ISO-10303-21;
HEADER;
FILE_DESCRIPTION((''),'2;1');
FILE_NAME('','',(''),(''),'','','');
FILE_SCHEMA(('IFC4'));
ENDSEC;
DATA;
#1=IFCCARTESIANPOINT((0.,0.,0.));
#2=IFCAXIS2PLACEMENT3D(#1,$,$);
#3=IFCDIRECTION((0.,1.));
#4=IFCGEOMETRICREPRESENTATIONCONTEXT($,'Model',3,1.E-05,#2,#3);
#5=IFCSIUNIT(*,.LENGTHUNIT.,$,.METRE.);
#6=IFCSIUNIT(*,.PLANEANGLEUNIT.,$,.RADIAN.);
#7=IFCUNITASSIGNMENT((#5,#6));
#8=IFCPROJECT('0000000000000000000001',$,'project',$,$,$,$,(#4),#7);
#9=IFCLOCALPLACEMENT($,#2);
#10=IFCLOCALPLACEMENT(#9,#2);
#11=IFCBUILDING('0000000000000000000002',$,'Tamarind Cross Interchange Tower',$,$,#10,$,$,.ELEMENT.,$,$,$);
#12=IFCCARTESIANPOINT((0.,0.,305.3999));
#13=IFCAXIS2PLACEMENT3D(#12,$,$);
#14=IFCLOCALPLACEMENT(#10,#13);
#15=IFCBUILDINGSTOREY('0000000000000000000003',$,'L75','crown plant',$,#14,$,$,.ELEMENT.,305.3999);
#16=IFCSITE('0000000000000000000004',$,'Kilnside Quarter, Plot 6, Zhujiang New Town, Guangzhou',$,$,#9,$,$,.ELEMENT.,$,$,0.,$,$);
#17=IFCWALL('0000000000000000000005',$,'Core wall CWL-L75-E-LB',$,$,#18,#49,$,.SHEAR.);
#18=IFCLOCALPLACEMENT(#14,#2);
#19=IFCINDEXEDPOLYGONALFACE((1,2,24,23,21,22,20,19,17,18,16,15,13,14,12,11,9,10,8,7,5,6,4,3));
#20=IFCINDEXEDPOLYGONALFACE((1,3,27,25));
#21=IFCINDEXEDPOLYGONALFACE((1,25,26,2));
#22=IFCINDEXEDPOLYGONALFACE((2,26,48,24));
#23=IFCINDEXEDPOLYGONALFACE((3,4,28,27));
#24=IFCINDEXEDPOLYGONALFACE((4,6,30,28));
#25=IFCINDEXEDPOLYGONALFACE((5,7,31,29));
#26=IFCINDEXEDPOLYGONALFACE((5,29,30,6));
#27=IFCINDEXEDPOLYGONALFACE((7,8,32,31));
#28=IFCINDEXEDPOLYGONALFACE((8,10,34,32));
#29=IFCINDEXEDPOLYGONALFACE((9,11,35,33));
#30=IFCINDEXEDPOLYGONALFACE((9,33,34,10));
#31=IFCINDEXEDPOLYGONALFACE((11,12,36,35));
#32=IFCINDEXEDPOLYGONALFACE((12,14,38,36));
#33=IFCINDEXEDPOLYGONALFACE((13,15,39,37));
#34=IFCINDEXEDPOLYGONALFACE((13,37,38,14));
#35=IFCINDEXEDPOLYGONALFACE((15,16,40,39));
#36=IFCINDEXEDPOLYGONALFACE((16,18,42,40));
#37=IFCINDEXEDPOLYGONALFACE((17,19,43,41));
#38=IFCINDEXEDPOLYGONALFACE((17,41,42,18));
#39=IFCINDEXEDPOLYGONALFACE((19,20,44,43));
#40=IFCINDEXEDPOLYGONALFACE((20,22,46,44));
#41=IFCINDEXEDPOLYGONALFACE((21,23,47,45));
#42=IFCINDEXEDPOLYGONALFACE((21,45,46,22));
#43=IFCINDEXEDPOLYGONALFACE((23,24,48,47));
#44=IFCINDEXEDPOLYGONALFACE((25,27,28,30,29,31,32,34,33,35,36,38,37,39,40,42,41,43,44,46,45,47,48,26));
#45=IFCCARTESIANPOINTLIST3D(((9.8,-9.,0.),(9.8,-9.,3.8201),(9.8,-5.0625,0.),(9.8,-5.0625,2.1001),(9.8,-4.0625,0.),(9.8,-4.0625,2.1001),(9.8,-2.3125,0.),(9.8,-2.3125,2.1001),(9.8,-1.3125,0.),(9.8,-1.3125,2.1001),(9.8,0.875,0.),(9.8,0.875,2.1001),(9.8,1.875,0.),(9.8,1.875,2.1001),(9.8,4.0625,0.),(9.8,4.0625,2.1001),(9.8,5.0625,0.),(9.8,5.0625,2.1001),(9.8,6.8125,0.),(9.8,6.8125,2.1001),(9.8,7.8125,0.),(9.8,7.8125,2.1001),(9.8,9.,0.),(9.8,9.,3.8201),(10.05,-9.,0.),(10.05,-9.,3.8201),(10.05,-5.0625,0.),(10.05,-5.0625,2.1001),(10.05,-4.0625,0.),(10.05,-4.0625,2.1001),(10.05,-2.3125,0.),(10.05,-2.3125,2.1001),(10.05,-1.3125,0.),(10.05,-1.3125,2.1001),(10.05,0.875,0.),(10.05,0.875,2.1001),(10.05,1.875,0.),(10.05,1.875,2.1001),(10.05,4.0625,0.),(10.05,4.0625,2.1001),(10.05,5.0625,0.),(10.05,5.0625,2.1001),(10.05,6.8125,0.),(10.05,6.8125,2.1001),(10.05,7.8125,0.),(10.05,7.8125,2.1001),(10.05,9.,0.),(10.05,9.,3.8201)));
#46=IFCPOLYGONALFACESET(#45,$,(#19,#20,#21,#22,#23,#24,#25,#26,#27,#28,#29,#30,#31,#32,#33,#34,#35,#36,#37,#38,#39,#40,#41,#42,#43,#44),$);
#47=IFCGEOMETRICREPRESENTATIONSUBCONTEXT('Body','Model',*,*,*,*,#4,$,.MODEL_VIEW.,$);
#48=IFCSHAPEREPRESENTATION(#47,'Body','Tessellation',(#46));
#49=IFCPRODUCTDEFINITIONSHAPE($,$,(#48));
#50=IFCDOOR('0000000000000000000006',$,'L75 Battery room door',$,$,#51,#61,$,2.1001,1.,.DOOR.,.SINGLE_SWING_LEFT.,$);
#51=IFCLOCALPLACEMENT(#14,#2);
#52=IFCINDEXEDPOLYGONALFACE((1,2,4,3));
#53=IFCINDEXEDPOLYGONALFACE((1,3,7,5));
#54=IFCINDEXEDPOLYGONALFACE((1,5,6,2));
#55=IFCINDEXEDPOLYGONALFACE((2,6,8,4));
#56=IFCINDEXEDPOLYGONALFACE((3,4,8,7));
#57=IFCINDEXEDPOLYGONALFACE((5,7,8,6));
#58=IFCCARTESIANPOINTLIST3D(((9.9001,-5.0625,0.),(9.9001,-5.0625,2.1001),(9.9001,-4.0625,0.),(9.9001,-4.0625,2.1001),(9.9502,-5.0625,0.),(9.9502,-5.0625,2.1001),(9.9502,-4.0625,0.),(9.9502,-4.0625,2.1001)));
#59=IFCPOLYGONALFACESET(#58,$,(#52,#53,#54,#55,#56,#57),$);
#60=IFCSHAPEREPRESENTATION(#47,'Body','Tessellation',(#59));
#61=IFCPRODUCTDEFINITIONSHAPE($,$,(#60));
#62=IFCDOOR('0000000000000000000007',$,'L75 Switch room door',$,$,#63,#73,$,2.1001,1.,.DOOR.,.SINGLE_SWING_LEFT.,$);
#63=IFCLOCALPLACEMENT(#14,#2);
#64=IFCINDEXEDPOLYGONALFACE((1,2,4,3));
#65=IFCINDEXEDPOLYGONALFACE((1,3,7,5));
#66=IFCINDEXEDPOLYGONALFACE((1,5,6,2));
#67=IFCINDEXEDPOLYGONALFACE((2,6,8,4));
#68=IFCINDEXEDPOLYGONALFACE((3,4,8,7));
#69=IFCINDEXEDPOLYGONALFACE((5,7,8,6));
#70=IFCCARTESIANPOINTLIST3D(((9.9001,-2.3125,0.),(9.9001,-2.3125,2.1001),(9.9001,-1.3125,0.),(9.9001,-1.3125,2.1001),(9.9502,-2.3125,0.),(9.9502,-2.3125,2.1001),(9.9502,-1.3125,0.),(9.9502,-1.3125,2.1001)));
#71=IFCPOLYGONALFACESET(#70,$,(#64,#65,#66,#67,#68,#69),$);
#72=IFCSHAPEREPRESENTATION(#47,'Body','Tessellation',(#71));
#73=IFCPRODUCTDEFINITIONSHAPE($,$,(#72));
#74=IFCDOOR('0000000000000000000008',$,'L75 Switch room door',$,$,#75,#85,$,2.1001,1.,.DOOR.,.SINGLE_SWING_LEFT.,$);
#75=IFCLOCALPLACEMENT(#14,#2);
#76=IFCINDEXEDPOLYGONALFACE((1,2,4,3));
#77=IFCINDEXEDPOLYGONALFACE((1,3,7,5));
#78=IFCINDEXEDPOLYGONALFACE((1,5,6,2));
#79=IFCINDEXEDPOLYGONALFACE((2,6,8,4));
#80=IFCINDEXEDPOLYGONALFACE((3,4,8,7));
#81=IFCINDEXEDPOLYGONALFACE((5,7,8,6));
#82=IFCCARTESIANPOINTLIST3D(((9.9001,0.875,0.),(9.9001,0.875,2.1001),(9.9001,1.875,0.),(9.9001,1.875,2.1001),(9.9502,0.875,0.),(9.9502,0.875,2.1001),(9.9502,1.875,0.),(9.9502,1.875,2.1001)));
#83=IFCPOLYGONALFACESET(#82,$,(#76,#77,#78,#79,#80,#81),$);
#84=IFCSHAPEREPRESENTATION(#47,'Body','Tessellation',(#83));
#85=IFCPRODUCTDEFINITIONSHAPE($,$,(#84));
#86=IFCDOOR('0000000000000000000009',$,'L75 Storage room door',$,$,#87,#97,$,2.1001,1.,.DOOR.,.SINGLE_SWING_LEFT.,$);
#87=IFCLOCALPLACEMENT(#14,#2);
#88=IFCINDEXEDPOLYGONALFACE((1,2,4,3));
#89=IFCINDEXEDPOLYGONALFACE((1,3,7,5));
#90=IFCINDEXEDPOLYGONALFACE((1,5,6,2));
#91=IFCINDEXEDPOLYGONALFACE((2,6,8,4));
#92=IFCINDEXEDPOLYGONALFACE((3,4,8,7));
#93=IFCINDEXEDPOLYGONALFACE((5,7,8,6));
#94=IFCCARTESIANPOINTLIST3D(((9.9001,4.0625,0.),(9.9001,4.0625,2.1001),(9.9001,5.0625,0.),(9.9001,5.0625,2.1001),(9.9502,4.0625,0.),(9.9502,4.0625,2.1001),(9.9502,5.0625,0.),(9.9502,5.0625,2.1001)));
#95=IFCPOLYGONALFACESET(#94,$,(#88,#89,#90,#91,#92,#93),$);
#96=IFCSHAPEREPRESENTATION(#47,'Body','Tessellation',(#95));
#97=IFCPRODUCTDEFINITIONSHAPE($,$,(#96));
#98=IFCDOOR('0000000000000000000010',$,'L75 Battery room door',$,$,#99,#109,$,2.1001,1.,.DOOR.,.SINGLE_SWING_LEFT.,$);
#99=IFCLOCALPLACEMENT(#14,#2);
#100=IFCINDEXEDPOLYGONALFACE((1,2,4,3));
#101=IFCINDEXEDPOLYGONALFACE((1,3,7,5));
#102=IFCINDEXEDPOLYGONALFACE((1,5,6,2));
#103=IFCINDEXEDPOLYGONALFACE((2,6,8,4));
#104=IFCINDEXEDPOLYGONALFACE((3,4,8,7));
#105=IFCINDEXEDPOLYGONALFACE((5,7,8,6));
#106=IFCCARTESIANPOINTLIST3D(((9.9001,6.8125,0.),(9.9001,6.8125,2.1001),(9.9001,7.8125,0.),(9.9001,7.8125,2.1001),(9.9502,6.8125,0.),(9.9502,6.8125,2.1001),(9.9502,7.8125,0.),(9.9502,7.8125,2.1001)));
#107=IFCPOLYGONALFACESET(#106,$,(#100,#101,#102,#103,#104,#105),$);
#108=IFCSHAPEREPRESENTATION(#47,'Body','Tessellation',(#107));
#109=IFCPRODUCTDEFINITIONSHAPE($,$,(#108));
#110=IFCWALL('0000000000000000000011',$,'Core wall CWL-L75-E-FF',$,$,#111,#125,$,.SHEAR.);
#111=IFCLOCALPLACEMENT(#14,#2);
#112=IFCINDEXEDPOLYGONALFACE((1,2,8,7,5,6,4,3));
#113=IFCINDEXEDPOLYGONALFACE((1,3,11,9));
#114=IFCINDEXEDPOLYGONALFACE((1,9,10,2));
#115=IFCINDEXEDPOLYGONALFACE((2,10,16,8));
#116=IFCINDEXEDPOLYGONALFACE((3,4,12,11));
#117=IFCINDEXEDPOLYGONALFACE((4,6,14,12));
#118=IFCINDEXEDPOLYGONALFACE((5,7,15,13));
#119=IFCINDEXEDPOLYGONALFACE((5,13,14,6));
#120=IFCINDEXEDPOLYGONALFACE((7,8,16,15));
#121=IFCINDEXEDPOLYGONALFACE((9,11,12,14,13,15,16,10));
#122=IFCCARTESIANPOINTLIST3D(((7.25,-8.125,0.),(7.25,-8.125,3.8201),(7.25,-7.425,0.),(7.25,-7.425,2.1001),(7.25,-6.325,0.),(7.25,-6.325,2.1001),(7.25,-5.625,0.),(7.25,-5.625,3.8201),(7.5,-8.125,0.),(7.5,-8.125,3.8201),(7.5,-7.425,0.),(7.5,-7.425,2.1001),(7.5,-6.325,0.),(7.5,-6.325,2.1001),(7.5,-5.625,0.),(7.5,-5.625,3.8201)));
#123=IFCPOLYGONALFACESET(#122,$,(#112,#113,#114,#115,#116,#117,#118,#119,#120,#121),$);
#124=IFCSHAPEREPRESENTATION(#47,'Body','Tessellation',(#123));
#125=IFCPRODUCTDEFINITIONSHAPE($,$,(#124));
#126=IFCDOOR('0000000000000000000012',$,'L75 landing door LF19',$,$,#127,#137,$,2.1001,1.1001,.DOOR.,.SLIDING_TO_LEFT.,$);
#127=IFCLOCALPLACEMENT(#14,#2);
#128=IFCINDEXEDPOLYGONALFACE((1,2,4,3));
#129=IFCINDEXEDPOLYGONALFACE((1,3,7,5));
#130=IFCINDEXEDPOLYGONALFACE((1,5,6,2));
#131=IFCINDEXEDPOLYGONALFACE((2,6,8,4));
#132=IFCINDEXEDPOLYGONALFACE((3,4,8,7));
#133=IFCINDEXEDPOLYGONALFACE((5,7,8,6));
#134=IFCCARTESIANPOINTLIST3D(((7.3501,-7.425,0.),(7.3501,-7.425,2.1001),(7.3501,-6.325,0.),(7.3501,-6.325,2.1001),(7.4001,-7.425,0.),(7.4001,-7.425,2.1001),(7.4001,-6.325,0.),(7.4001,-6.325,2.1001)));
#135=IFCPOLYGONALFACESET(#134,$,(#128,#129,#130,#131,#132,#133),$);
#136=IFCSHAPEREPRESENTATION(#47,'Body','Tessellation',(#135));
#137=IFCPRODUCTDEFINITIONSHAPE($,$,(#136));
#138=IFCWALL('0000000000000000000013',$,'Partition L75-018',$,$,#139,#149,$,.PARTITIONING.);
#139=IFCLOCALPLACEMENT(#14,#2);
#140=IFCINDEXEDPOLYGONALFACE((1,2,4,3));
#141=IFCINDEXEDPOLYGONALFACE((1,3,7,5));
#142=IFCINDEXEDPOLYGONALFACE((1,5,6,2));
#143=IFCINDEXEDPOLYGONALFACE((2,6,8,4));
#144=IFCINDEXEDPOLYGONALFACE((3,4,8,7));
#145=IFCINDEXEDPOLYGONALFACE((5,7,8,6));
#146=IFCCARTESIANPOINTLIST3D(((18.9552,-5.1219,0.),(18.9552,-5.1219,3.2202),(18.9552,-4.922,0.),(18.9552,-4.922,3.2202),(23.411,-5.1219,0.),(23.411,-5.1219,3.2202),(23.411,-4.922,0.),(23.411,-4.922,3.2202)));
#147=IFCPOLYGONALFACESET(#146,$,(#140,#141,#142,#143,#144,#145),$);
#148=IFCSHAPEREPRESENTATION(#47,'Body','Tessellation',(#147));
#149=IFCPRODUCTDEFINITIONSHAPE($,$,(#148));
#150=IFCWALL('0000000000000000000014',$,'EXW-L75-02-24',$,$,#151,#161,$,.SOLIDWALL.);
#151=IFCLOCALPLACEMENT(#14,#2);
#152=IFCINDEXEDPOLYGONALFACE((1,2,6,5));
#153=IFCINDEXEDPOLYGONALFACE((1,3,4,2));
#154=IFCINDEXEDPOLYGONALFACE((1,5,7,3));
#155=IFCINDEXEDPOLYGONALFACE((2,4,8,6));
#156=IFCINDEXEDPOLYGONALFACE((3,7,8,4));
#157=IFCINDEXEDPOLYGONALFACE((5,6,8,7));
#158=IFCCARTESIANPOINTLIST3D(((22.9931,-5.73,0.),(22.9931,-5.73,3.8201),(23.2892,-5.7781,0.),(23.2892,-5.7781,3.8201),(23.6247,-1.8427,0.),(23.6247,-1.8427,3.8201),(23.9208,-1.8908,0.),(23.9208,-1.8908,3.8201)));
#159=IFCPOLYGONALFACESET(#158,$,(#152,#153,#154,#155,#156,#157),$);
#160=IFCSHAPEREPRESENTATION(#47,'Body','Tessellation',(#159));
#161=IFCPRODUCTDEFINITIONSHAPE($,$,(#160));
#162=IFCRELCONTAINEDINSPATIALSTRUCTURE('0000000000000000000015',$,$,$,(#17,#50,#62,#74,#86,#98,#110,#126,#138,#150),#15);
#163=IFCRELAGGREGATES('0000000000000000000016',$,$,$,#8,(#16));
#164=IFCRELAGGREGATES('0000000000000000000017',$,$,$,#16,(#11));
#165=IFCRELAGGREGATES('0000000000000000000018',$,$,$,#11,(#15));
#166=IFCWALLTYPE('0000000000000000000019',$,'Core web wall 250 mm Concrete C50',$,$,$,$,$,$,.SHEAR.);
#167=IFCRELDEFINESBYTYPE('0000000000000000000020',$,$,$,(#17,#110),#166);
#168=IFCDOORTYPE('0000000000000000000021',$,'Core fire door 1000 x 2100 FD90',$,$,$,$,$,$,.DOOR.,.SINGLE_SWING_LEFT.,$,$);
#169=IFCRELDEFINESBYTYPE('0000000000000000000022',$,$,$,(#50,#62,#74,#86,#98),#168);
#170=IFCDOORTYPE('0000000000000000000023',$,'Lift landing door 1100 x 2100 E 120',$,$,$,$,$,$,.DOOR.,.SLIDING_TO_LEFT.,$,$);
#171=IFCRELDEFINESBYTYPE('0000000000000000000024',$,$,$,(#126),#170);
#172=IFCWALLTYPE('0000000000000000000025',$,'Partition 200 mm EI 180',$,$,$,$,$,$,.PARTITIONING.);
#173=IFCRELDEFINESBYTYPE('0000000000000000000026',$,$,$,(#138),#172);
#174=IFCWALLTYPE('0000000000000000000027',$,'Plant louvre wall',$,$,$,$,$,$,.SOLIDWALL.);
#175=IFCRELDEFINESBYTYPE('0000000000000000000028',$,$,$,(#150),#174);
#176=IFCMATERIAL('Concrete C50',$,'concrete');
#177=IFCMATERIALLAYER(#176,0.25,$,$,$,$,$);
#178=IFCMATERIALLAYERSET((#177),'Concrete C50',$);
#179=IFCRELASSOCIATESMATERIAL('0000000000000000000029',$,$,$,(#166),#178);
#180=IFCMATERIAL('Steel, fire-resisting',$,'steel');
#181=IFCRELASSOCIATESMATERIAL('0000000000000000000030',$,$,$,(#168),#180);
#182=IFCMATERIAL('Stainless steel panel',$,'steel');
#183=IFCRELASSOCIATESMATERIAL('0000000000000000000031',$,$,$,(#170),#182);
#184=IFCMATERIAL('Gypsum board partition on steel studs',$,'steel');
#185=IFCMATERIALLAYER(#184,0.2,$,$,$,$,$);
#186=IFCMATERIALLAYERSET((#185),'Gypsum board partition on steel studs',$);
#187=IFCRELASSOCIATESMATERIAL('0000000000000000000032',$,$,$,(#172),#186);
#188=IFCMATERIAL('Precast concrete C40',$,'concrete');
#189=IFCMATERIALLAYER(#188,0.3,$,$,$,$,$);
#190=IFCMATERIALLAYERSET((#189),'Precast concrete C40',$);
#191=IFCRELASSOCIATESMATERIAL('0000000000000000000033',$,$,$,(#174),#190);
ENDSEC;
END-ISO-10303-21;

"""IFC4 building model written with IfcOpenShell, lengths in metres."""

from ifc_helpers import new_model, si_unit, direction, frame, frame_2d, origin, place, context, subcontext, project, spatial, rectangle, extrude, material, layer, layer_set, type_object, element, fill, save


model = new_model("IFC4")

# Units and contexts
model_context = context("Model", 3, precision=1e-05, world=origin(), true_north=direction((0.0, 1.0)))
body_context = subcontext(model_context, "Body", "Model", "MODEL_VIEW")
ifc_project = project(units=[si_unit("LENGTHUNIT", "METRE"), si_unit("PLANEANGLEUNIT", "RADIAN")], contexts=[model_context])

# Site, building, storey
site_placement = place(None, origin())
site = spatial("IfcSite", under=ifc_project, at=site_placement, Name="Kilnside Quarter, Plot 6, Zhujiang New Town, Guangzhou", CompositionType="ELEMENT", RefElevation=0.0)
building_placement = place(site_placement, origin())
building = spatial("IfcBuilding", under=site, at=building_placement, Name="Tamarind Cross Interchange Tower", CompositionType="ELEMENT")
storey_placement = place(building_placement, frame((0.0, 0.0, 305.3999)))
storey = spatial("IfcBuildingStorey", under=building, at=storey_placement, Name="L75", Description="crown plant", CompositionType="ELEMENT", Elevation=305.3999)

# Wall, openings, doors
ifc_material_1 = material(Name="Concrete C50", Category="concrete")
ifc_layer_1 = layer(ifc_material_1, 0.25)
ifc_layer_set_1 = layer_set([ifc_layer_1], Name="Concrete C50")
wall_type_1 = type_object("IfcWallType", Name="Core web wall 250 mm Concrete C50", PredefinedType="SHEAR", material=ifc_layer_set_1)
ifc_material_2 = material(Name="Steel, fire-resisting", Category="steel")
door_type_1 = type_object("IfcDoorType", Name="Core fire door 1000 x 2100 FD90", OperationType="SINGLE_SWING_LEFT", PredefinedType="DOOR", material=ifc_material_2)
ifc_material_3 = material(Name="Stainless steel panel", Category="steel")
wall_1_placement = place(storey_placement, frame((9.925, -9.0, 0.0), z_axis=(0.0, 0.0, 1.0), x_axis=(0.0, 1.0, 0.0)))
wall_1 = element("IfcWall", 1, at=wall_1_placement, inside=storey, type_object=wall_type_1, Name="Core wall CWL-L75-E-LB", PredefinedType="SHEAR", context=body_context, shape_type="SweptSolid", body=[
    extrude(rectangle(XDim=18.0, YDim=0.25, at=frame_2d((9.0, 0.0))), origin(), (0.0, 0.0, 1.0), 3.8201),
])
opening_1_placement = place(wall_1_placement, frame((3.9375, 0.0, 0.0)))
opening_1 = element("IfcOpeningElement", 2, at=opening_1_placement, cuts=wall_1, PredefinedType="OPENING", context=body_context, shape_type="SweptSolid", body=[
    extrude(rectangle(XDim=1.0, YDim=2.1001, at=frame_2d((0.5, 1.05))), frame((0.0, 0.135, 0.0), z_axis=(0.0, -1.0, 0.0), x_axis=(1.0, 0.0, 0.0)), (0.0, 0.0, 1.0), 0.27),
])
opening_2_placement = place(wall_1_placement, frame((6.6875, 0.0, 0.0)))
opening_2 = element("IfcOpeningElement", 3, at=opening_2_placement, cuts=wall_1, PredefinedType="OPENING", context=body_context, shape_type="SweptSolid", body=[
    extrude(rectangle(XDim=1.0, YDim=2.1001, at=frame_2d((0.5, 1.05))), frame((0.0, 0.135, 0.0), z_axis=(0.0, -1.0, 0.0), x_axis=(1.0, 0.0, 0.0)), (0.0, 0.0, 1.0), 0.27),
])
opening_3_placement = place(wall_1_placement, frame((9.875, 0.0, 0.0)))
opening_3 = element("IfcOpeningElement", 4, at=opening_3_placement, cuts=wall_1, PredefinedType="OPENING", context=body_context, shape_type="SweptSolid", body=[
    extrude(rectangle(XDim=1.0, YDim=2.1001, at=frame_2d((0.5, 1.05))), frame((0.0, 0.135, 0.0), z_axis=(0.0, -1.0, 0.0), x_axis=(1.0, 0.0, 0.0)), (0.0, 0.0, 1.0), 0.27),
])
opening_4_placement = place(wall_1_placement, frame((13.0625, 0.0, 0.0)))
opening_4 = element("IfcOpeningElement", 5, at=opening_4_placement, cuts=wall_1, PredefinedType="OPENING", context=body_context, shape_type="SweptSolid", body=[
    extrude(rectangle(XDim=1.0, YDim=2.1001, at=frame_2d((0.5, 1.05))), frame((0.0, 0.135, 0.0), z_axis=(0.0, -1.0, 0.0), x_axis=(1.0, 0.0, 0.0)), (0.0, 0.0, 1.0), 0.27),
])
opening_5_placement = place(wall_1_placement, frame((15.8125, 0.0, 0.0)))
opening_5 = element("IfcOpeningElement", 6, at=opening_5_placement, cuts=wall_1, PredefinedType="OPENING", context=body_context, shape_type="SweptSolid", body=[
    extrude(rectangle(XDim=1.0, YDim=2.1001, at=frame_2d((0.5, 1.05))), frame((0.0, 0.135, 0.0), z_axis=(0.0, -1.0, 0.0), x_axis=(1.0, 0.0, 0.0)), (0.0, 0.0, 1.0), 0.27),
])
door_1_placement = place(opening_1_placement, origin())
door_1 = element("IfcDoor", 7, at=door_1_placement, inside=storey, type_object=door_type_1, Name="L75 Battery room door", OperationType="SINGLE_SWING_LEFT", OverallHeight=2.1001, OverallWidth=1.0, PredefinedType="DOOR", context=body_context, shape_type="SweptSolid", body=[
    extrude(rectangle(XDim=1.0, YDim=2.1001, at=frame_2d((0.5, 1.05))), frame((0.0, 0.0249, 0.0), z_axis=(0.0, -1.0, 0.0), x_axis=(1.0, 0.0, 0.0)), (0.0, 0.0, 1.0), 0.05),
])
fill(opening_1, door_1)
door_2_placement = place(opening_2_placement, origin())
door_2 = element("IfcDoor", 8, at=door_2_placement, inside=storey, type_object=door_type_1, Name="L75 Switch room door", OperationType="SINGLE_SWING_LEFT", OverallHeight=2.1001, OverallWidth=1.0, PredefinedType="DOOR", context=body_context, shape_type="SweptSolid", body=[
    extrude(rectangle(XDim=1.0, YDim=2.1001, at=frame_2d((0.5, 1.05))), frame((0.0, 0.0249, 0.0), z_axis=(0.0, -1.0, 0.0), x_axis=(1.0, 0.0, 0.0)), (0.0, 0.0, 1.0), 0.05),
])
fill(opening_2, door_2)
door_3_placement = place(opening_3_placement, origin())
door_3 = element("IfcDoor", 9, at=door_3_placement, inside=storey, type_object=door_type_1, Name="L75 Switch room door", OperationType="SINGLE_SWING_LEFT", OverallHeight=2.1001, OverallWidth=1.0, PredefinedType="DOOR", context=body_context, shape_type="SweptSolid", body=[
    extrude(rectangle(XDim=1.0, YDim=2.1001, at=frame_2d((0.5, 1.05))), frame((0.0, 0.0249, 0.0), z_axis=(0.0, -1.0, 0.0), x_axis=(1.0, 0.0, 0.0)), (0.0, 0.0, 1.0), 0.05),
])
fill(opening_3, door_3)
door_4_placement = place(opening_4_placement, origin())
door_4 = element("IfcDoor", 10, at=door_4_placement, inside=storey, type_object=door_type_1, Name="L75 Storage room door", OperationType="SINGLE_SWING_LEFT", OverallHeight=2.1001, OverallWidth=1.0, PredefinedType="DOOR", context=body_context, shape_type="SweptSolid", body=[
    extrude(rectangle(XDim=1.0, YDim=2.1001, at=frame_2d((0.5, 1.05))), frame((0.0, 0.0249, 0.0), z_axis=(0.0, -1.0, 0.0), x_axis=(1.0, 0.0, 0.0)), (0.0, 0.0, 1.0), 0.05),
])
fill(opening_4, door_4)
door_5_placement = place(opening_5_placement, origin())
door_5 = element("IfcDoor", 11, at=door_5_placement, inside=storey, type_object=door_type_1, Name="L75 Battery room door", OperationType="SINGLE_SWING_LEFT", OverallHeight=2.1001, OverallWidth=1.0, PredefinedType="DOOR", context=body_context, shape_type="SweptSolid", body=[
    extrude(rectangle(XDim=1.0, YDim=2.1001, at=frame_2d((0.5, 1.05))), frame((0.0, 0.0249, 0.0), z_axis=(0.0, -1.0, 0.0), x_axis=(1.0, 0.0, 0.0)), (0.0, 0.0, 1.0), 0.05),
])
fill(opening_5, door_5)

# Wall, opening, door
wall_2_placement = place(storey_placement, frame((7.375, -8.125, 0.0), z_axis=(0.0, 0.0, 1.0), x_axis=(0.0, 1.0, 0.0)))
wall_2 = element("IfcWall", 12, at=wall_2_placement, inside=storey, type_object=wall_type_1, Name="Core wall CWL-L75-E-FF", PredefinedType="SHEAR", context=body_context, shape_type="SweptSolid", body=[
    extrude(rectangle(XDim=2.5, YDim=0.25, at=frame_2d((1.25, 0.0))), origin(), (0.0, 0.0, 1.0), 3.8201),
])
opening_6_placement = place(wall_2_placement, frame((0.7, 0.0, 0.0)))
opening_6 = element("IfcOpeningElement", 13, at=opening_6_placement, cuts=wall_2, PredefinedType="OPENING", context=body_context, shape_type="SweptSolid", body=[
    extrude(rectangle(XDim=1.1001, YDim=2.1001, at=frame_2d((0.55, 1.05))), frame((0.0, 0.135, 0.0), z_axis=(0.0, -1.0, 0.0), x_axis=(1.0, 0.0, 0.0)), (0.0, 0.0, 1.0), 0.27),
])
door_type_2 = type_object("IfcDoorType", Name="Lift landing door 1100 x 2100 E 120", OperationType="SLIDING_TO_LEFT", PredefinedType="DOOR", material=ifc_material_3)
door_6_placement = place(opening_6_placement, origin())
door_6 = element("IfcDoor", 14, at=door_6_placement, inside=storey, type_object=door_type_2, Name="L75 landing door LF19", OperationType="SLIDING_TO_LEFT", OverallHeight=2.1001, OverallWidth=1.1001, PredefinedType="DOOR", context=body_context, shape_type="SweptSolid", body=[
    extrude(rectangle(XDim=1.1001, YDim=2.1001, at=frame_2d((0.55, 1.05))), frame((0.0, 0.0249, 0.0), z_axis=(0.0, -1.0, 0.0), x_axis=(1.0, 0.0, 0.0)), (0.0, 0.0, 1.0), 0.05),
])
fill(opening_6, door_6)

# Walls
ifc_material_4 = material(Name="Gypsum board partition on steel studs", Category="steel")
ifc_layer_2 = layer(ifc_material_4, 0.2)
ifc_layer_set_2 = layer_set([ifc_layer_2], Name="Gypsum board partition on steel studs")
wall_type_2 = type_object("IfcWallType", Name="Partition 200 mm EI 180", PredefinedType="PARTITIONING", material=ifc_layer_set_2)
wall_3_placement = place(storey_placement, frame((18.9551, -5.022, 0.0), z_axis=(0.0, 0.0, 1.0), x_axis=(1.0, 0.0, 0.0)))
element("IfcWall", 15, at=wall_3_placement, inside=storey, type_object=wall_type_2, Name="Partition L75-018", PredefinedType="PARTITIONING", context=body_context, shape_type="SweptSolid", body=[
    extrude(rectangle(XDim=4.4558, YDim=0.2, at=frame_2d((2.228, 0.0))), origin(), (0.0, 0.0, 1.0), 3.2202),
])
ifc_material_5 = material(Name="Precast concrete C40", Category="concrete")
ifc_layer_3 = layer(ifc_material_5, 0.3)
ifc_layer_set_3 = layer_set([ifc_layer_3], Name="Precast concrete C40")
wall_type_3 = type_object("IfcWallType", Name="Plant louvre wall", PredefinedType="SOLIDWALL", material=ifc_layer_set_3)
wall_4_placement = place(storey_placement, frame((23.1411, -5.7542, 0.0), z_axis=(0.0, 0.0, 1.0), x_axis=(0.160376, 0.987056, 0.0)))
element("IfcWall", 16, at=wall_4_placement, inside=storey, type_object=wall_type_3, Name="EXW-L75-02-24", PredefinedType="SOLIDWALL", context=body_context, shape_type="SweptSolid", body=[
    extrude(rectangle(XDim=3.9382, YDim=0.3, at=frame_2d((1.9692, 0.0))), origin(), (0.0, 0.0, 1.0), 3.8201),
])

save(model, "model.ifc")
